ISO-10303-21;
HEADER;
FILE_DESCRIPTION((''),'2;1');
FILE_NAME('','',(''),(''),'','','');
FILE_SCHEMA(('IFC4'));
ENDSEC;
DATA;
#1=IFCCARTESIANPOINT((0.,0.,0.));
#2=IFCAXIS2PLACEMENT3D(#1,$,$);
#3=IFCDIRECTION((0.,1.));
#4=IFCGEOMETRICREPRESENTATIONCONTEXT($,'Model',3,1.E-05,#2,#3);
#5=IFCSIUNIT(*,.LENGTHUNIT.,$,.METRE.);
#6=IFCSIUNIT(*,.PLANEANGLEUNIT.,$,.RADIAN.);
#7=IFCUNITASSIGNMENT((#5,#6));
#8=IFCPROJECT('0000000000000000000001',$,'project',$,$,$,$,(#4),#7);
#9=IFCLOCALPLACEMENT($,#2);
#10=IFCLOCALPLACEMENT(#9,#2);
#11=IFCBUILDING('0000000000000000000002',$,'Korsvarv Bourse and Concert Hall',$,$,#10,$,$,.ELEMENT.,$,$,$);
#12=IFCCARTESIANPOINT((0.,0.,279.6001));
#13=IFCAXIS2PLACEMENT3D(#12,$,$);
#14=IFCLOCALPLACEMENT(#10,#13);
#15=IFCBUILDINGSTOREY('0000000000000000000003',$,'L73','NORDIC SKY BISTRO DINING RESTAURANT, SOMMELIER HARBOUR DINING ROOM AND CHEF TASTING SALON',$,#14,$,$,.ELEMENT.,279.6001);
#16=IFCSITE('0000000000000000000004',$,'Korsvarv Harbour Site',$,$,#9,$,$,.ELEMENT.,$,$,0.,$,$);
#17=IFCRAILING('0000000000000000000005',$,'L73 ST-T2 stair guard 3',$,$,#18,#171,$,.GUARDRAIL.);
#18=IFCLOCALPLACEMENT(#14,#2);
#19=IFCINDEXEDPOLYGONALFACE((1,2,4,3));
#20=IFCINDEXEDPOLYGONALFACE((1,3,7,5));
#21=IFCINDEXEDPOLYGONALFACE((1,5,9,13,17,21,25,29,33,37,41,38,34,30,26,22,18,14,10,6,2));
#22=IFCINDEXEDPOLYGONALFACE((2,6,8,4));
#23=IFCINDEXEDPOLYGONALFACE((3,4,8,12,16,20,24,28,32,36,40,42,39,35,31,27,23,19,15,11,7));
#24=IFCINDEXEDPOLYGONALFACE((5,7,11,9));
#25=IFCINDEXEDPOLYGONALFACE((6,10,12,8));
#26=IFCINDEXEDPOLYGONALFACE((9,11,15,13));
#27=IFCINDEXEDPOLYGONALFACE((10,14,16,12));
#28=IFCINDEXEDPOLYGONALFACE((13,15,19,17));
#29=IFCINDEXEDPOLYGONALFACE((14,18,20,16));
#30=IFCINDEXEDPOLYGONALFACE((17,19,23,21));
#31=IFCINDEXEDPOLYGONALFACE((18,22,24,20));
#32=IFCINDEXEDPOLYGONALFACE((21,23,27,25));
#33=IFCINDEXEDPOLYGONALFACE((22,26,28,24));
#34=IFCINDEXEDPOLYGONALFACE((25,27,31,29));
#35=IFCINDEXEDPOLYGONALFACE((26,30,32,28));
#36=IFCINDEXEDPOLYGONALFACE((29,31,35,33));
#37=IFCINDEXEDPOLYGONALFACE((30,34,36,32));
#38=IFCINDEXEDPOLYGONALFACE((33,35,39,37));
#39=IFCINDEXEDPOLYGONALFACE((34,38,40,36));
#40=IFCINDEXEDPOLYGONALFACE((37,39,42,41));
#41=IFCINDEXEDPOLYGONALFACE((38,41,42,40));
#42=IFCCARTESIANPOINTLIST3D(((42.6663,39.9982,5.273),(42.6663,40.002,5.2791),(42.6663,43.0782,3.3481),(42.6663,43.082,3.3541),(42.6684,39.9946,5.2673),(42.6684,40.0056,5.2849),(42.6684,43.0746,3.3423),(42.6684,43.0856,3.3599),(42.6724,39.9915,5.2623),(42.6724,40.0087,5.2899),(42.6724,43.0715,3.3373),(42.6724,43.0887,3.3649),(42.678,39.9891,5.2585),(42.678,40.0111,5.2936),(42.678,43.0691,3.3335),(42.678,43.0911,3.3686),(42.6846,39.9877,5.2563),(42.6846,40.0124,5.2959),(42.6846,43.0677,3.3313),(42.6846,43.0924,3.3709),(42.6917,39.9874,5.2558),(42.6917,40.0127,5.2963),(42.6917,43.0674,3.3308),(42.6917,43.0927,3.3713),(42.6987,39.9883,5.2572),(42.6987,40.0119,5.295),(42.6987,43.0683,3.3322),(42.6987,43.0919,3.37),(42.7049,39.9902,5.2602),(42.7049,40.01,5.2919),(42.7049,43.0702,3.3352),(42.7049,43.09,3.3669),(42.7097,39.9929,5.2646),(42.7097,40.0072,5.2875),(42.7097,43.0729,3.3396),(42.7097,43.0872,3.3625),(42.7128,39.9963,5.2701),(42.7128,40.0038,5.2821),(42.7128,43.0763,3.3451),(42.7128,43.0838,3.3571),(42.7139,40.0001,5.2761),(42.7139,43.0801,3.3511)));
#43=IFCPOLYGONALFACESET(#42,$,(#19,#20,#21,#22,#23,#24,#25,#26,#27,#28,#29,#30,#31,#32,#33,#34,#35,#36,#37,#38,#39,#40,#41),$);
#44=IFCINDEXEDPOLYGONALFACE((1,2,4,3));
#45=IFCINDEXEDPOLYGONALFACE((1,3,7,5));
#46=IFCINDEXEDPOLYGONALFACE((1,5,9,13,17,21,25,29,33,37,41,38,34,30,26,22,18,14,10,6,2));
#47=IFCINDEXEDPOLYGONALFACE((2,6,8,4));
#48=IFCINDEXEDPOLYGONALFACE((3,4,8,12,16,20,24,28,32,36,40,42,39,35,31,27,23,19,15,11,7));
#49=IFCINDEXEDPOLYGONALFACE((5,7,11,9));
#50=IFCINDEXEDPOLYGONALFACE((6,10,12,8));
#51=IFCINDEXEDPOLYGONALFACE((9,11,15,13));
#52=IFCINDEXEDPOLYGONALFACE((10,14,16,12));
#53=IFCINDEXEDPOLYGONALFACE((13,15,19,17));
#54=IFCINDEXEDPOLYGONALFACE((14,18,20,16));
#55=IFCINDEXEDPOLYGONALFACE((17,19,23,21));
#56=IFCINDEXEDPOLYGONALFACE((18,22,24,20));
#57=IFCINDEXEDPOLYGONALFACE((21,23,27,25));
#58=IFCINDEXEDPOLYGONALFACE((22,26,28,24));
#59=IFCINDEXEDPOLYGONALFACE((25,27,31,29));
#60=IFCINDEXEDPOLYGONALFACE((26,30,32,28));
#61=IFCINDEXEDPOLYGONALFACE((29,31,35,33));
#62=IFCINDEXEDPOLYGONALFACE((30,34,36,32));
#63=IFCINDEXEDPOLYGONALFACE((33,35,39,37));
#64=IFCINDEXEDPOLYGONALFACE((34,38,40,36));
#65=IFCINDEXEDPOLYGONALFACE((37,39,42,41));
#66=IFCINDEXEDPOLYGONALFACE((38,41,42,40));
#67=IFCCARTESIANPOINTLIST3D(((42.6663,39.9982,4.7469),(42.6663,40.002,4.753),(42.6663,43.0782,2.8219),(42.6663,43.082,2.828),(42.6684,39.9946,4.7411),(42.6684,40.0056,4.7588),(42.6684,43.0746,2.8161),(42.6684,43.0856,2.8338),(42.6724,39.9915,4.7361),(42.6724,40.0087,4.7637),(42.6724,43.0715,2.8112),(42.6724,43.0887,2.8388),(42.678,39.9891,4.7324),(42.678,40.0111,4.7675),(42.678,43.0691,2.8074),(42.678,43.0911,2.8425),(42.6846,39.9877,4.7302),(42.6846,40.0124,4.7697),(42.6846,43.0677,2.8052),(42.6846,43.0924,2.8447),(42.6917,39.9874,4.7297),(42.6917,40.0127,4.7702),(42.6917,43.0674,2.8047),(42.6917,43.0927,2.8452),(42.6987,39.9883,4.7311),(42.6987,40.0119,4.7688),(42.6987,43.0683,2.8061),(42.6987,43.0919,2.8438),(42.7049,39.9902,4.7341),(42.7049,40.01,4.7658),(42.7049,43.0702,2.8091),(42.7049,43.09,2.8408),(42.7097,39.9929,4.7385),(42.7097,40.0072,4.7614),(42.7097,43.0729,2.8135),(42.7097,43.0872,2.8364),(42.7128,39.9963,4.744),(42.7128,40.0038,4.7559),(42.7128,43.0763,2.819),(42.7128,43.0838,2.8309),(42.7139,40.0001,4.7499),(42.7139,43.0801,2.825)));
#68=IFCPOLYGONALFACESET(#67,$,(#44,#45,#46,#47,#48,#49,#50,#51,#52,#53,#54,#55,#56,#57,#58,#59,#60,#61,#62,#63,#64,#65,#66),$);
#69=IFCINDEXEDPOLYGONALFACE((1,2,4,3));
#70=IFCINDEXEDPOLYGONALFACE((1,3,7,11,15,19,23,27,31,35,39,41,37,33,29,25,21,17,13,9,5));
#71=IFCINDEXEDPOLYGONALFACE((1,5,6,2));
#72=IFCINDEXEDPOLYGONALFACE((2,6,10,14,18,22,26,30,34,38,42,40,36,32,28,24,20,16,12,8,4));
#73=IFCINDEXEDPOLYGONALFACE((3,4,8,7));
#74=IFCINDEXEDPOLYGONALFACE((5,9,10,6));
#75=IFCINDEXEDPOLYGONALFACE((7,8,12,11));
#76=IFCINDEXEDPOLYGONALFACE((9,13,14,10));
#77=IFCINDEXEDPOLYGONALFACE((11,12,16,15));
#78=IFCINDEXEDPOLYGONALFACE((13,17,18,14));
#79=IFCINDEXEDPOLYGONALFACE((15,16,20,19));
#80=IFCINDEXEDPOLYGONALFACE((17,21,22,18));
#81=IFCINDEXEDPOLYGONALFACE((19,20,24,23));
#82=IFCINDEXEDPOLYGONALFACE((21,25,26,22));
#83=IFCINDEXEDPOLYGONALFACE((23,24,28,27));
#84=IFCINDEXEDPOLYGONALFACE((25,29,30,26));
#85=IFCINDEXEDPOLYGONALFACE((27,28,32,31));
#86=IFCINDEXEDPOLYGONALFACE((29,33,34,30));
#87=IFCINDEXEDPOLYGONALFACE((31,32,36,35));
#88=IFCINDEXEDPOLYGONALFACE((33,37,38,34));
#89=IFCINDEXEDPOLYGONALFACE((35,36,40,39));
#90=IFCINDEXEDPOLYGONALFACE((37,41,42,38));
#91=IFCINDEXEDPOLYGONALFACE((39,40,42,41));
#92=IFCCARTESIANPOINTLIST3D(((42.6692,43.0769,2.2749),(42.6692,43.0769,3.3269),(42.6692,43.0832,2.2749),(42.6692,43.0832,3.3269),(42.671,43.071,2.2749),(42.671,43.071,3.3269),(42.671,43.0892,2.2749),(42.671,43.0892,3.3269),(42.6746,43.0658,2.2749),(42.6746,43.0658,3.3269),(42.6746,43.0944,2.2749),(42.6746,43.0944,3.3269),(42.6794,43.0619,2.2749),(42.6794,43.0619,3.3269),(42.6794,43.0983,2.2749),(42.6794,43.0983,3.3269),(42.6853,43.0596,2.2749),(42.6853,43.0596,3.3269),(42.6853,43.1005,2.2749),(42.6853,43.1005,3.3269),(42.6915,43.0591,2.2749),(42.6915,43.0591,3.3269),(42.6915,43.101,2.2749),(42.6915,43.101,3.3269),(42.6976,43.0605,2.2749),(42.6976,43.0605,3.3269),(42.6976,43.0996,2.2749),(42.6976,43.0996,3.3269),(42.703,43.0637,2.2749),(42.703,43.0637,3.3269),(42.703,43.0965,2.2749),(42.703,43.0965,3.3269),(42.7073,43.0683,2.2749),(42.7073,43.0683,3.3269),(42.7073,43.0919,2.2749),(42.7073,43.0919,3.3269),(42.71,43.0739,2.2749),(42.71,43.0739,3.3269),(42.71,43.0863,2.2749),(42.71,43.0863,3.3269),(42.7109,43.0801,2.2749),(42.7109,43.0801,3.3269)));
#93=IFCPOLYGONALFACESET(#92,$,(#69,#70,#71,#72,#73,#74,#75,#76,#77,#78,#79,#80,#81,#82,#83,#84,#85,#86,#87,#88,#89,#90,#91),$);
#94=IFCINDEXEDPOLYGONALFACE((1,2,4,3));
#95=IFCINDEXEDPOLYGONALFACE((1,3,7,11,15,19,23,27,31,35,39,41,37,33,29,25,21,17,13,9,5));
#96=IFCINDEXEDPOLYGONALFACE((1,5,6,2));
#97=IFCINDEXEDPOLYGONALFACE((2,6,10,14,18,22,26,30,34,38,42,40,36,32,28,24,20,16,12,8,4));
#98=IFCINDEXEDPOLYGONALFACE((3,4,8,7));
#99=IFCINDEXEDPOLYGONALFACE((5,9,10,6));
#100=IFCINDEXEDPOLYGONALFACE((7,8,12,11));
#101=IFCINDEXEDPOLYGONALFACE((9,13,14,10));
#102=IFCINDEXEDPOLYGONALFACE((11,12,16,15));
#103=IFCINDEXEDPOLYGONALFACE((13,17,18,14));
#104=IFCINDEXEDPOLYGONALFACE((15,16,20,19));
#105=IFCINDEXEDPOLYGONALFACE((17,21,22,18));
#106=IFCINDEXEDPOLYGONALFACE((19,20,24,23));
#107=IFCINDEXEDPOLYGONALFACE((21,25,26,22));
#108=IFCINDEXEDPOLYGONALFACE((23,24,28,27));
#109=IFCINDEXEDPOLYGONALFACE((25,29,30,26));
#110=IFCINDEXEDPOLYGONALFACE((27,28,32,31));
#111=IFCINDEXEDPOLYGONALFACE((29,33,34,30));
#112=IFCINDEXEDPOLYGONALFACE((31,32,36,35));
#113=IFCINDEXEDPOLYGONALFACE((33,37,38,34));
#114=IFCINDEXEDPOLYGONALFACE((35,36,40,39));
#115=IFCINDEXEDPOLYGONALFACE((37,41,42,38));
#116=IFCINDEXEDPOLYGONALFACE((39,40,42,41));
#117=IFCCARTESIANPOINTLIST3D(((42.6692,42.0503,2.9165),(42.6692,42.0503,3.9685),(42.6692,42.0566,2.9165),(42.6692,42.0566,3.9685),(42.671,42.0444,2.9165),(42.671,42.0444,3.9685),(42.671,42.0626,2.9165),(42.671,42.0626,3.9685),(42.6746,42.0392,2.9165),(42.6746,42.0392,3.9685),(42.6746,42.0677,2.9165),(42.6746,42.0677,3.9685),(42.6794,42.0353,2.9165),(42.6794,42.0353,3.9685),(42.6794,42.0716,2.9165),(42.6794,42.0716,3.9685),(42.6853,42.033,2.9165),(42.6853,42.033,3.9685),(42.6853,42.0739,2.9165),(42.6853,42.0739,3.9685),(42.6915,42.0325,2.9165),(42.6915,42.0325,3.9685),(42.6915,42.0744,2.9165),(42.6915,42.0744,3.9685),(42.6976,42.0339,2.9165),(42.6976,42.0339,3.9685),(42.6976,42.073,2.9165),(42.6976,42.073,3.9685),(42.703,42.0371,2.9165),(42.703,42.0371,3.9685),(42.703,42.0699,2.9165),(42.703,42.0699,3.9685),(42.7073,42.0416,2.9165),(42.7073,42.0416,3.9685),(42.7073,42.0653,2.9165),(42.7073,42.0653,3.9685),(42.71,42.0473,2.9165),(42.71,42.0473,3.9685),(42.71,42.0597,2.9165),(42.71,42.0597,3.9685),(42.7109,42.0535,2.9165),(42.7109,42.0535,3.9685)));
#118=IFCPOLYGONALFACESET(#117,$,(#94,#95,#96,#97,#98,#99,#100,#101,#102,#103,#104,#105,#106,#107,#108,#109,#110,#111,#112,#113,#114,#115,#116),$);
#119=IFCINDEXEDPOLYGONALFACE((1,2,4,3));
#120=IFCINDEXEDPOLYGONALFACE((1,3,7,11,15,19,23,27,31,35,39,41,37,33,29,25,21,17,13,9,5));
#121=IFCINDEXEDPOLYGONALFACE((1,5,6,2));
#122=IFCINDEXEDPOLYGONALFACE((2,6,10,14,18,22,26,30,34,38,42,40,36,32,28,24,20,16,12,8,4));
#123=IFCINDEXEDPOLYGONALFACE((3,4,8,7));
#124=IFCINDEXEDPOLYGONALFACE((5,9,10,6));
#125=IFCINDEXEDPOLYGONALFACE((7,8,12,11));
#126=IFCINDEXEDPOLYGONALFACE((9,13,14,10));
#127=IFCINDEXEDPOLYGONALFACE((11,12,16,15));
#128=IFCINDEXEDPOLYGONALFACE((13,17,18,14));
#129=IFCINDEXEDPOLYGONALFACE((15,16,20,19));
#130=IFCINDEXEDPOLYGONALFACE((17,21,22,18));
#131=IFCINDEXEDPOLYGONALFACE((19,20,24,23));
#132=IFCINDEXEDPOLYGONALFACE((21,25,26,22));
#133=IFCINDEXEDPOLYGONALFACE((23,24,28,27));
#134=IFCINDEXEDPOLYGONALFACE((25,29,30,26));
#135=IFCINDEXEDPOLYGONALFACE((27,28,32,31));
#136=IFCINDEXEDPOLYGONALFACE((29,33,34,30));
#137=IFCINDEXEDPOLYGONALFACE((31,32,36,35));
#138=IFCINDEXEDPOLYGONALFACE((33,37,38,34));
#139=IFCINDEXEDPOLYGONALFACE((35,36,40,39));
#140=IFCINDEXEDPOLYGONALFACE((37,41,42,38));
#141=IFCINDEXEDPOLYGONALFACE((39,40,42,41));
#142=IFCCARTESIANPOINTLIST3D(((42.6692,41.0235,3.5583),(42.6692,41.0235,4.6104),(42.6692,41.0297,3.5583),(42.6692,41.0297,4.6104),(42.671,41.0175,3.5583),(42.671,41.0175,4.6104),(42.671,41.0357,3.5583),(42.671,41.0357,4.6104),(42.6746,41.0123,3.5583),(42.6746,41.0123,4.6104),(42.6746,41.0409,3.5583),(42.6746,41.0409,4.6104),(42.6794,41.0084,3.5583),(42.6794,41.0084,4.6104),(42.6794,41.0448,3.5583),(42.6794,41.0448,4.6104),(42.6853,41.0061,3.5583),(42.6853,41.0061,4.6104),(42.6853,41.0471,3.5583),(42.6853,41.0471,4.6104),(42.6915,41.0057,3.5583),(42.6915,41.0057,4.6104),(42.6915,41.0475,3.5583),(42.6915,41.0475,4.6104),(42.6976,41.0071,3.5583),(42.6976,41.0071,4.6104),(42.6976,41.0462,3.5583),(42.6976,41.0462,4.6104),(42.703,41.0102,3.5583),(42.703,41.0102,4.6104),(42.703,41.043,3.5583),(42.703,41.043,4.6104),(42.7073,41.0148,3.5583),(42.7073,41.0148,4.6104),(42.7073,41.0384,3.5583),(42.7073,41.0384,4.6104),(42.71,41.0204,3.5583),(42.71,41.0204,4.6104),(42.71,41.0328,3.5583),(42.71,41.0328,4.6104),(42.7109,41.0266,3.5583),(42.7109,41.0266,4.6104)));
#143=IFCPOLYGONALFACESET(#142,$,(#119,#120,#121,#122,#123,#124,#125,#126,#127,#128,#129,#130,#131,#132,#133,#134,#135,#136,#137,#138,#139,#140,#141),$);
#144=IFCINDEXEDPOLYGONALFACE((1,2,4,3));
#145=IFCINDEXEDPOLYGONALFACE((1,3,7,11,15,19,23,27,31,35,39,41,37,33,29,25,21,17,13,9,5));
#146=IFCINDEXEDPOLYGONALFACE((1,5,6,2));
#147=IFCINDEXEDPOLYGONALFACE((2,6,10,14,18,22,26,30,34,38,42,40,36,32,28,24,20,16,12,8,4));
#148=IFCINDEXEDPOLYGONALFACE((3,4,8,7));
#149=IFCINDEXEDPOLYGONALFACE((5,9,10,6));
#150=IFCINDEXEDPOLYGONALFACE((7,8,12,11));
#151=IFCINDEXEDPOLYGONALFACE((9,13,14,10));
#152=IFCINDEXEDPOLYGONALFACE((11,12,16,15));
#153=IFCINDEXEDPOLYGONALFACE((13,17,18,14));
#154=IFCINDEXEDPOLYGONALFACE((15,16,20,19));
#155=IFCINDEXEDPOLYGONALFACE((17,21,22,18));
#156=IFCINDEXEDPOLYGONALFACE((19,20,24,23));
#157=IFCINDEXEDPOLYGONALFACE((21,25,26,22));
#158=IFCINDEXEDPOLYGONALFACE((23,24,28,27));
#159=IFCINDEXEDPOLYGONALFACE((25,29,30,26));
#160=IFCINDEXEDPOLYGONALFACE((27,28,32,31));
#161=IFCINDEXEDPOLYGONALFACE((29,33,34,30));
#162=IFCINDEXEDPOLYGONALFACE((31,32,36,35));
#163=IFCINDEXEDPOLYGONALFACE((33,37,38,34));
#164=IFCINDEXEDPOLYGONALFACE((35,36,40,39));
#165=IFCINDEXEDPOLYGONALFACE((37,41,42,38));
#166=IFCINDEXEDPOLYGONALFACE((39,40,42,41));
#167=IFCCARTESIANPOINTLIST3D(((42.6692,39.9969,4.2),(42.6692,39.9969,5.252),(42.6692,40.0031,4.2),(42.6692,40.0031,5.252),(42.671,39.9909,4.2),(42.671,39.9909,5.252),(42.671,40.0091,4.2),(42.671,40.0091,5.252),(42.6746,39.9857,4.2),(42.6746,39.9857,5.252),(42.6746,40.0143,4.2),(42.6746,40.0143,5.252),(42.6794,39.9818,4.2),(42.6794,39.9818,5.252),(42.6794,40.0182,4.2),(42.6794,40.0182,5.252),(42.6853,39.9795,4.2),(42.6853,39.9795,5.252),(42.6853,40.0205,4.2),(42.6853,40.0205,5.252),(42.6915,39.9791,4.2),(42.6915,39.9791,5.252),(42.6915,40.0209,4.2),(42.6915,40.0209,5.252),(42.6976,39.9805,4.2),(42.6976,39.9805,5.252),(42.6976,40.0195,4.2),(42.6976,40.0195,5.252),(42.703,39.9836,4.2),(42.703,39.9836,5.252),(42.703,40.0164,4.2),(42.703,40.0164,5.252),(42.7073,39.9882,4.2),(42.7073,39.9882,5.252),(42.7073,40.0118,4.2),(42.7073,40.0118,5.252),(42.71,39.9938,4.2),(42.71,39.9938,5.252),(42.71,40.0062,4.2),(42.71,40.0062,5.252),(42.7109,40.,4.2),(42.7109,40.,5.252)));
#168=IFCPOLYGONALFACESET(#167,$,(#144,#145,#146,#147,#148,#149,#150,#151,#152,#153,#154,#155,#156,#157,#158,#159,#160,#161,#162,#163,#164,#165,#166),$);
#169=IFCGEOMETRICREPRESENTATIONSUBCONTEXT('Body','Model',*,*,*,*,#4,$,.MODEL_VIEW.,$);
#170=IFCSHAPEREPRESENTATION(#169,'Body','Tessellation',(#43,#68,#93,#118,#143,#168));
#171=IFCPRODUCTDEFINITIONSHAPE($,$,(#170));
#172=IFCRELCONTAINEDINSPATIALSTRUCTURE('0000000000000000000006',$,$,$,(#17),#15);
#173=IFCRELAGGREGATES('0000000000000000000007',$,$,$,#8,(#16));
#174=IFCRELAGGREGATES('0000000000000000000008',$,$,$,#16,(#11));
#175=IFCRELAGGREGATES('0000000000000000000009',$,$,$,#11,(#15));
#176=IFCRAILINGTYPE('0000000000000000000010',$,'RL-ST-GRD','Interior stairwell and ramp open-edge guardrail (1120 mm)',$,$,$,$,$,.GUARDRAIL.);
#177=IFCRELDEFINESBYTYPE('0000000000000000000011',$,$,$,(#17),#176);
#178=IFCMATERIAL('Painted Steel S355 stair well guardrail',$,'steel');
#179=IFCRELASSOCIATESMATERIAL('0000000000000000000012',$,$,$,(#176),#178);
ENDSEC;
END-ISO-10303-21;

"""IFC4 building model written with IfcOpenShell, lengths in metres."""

from ifc_helpers import new_model, si_unit, direction, frame, origin, origin_2d, place, context, subcontext, project, spatial, circle, extrude, material, type_object, element, save


model = new_model("IFC4")

# Units and contexts
model_context = context("Model", 3, precision=1e-05, world=origin(), true_north=direction((0.0, 1.0)))
body_context = subcontext(model_context, "Body", "Model", "MODEL_VIEW")
ifc_project = project(units=[si_unit("LENGTHUNIT", "METRE"), si_unit("PLANEANGLEUNIT", "RADIAN")], contexts=[model_context])

# Site, building, storey
site_placement = place(None, origin())
site = spatial("IfcSite", under=ifc_project, at=site_placement, Name="Korsvarv Harbour Site", CompositionType="ELEMENT", RefElevation=0.0)
building_placement = place(site_placement, origin())
building = spatial("IfcBuilding", under=site, at=building_placement, Name="Korsvarv Bourse and Concert Hall", CompositionType="ELEMENT")
storey_placement = place(building_placement, frame((0.0, 0.0, 279.6001)))
storey = spatial("IfcBuildingStorey", under=building, at=storey_placement, Name="L73", Description="NORDIC SKY BISTRO DINING RESTAURANT, SOMMELIER HARBOUR DINING ROOM AND CHEF TASTING SALON", CompositionType="ELEMENT", Elevation=279.6001)

# Railing
ifc_material_1 = material(Name="Painted Steel S355 stair well guardrail", Category="steel")
railing_type_1 = type_object("IfcRailingType", Name="RL-ST-GRD", Description="Interior stairwell and ramp open-edge guardrail (1120 mm)", PredefinedType="GUARDRAIL", material=ifc_material_1)
railing_1_placement = place(storey_placement, frame((42.6899, 43.0801, 2.2749)))
element("IfcRailing", 1, at=railing_1_placement, inside=storey, type_object=railing_type_1, Name="L73 ST-T2 stair guard 3", PredefinedType="GUARDRAIL", context=body_context, shape_type="SweptSolid", body=[
    extrude(circle(Radius=0.0239, at=origin_2d()), frame((0.0, 0.0, 1.0762), z_axis=(0.0, -0.847998, 0.529999), x_axis=(1.0, 0.0, 0.0)), (0.0, 0.0, 1.0), 3.6321),
    extrude(circle(Radius=0.0239, at=origin_2d()), frame((0.0, 0.0, 0.55), z_axis=(0.0, -0.847998, 0.529999), x_axis=(1.0, 0.0, 0.0)), (0.0, 0.0, 1.0), 3.6321),
    extrude(circle(Radius=0.021, at=origin_2d()), origin(), (0.0, 0.0, 1.0), 1.052),
    extrude(circle(Radius=0.021, at=origin_2d()), frame((0.0, -1.0266, 0.6416)), (0.0, 0.0, 1.0), 1.052),
    extrude(circle(Radius=0.021, at=origin_2d()), frame((0.0, -2.0535, 1.2834)), (0.0, 0.0, 1.0), 1.052),
    extrude(circle(Radius=0.021, at=origin_2d()), frame((0.0, -3.0801, 1.925)), (0.0, 0.0, 1.0), 1.052),
])

save(model, "model.ifc")
